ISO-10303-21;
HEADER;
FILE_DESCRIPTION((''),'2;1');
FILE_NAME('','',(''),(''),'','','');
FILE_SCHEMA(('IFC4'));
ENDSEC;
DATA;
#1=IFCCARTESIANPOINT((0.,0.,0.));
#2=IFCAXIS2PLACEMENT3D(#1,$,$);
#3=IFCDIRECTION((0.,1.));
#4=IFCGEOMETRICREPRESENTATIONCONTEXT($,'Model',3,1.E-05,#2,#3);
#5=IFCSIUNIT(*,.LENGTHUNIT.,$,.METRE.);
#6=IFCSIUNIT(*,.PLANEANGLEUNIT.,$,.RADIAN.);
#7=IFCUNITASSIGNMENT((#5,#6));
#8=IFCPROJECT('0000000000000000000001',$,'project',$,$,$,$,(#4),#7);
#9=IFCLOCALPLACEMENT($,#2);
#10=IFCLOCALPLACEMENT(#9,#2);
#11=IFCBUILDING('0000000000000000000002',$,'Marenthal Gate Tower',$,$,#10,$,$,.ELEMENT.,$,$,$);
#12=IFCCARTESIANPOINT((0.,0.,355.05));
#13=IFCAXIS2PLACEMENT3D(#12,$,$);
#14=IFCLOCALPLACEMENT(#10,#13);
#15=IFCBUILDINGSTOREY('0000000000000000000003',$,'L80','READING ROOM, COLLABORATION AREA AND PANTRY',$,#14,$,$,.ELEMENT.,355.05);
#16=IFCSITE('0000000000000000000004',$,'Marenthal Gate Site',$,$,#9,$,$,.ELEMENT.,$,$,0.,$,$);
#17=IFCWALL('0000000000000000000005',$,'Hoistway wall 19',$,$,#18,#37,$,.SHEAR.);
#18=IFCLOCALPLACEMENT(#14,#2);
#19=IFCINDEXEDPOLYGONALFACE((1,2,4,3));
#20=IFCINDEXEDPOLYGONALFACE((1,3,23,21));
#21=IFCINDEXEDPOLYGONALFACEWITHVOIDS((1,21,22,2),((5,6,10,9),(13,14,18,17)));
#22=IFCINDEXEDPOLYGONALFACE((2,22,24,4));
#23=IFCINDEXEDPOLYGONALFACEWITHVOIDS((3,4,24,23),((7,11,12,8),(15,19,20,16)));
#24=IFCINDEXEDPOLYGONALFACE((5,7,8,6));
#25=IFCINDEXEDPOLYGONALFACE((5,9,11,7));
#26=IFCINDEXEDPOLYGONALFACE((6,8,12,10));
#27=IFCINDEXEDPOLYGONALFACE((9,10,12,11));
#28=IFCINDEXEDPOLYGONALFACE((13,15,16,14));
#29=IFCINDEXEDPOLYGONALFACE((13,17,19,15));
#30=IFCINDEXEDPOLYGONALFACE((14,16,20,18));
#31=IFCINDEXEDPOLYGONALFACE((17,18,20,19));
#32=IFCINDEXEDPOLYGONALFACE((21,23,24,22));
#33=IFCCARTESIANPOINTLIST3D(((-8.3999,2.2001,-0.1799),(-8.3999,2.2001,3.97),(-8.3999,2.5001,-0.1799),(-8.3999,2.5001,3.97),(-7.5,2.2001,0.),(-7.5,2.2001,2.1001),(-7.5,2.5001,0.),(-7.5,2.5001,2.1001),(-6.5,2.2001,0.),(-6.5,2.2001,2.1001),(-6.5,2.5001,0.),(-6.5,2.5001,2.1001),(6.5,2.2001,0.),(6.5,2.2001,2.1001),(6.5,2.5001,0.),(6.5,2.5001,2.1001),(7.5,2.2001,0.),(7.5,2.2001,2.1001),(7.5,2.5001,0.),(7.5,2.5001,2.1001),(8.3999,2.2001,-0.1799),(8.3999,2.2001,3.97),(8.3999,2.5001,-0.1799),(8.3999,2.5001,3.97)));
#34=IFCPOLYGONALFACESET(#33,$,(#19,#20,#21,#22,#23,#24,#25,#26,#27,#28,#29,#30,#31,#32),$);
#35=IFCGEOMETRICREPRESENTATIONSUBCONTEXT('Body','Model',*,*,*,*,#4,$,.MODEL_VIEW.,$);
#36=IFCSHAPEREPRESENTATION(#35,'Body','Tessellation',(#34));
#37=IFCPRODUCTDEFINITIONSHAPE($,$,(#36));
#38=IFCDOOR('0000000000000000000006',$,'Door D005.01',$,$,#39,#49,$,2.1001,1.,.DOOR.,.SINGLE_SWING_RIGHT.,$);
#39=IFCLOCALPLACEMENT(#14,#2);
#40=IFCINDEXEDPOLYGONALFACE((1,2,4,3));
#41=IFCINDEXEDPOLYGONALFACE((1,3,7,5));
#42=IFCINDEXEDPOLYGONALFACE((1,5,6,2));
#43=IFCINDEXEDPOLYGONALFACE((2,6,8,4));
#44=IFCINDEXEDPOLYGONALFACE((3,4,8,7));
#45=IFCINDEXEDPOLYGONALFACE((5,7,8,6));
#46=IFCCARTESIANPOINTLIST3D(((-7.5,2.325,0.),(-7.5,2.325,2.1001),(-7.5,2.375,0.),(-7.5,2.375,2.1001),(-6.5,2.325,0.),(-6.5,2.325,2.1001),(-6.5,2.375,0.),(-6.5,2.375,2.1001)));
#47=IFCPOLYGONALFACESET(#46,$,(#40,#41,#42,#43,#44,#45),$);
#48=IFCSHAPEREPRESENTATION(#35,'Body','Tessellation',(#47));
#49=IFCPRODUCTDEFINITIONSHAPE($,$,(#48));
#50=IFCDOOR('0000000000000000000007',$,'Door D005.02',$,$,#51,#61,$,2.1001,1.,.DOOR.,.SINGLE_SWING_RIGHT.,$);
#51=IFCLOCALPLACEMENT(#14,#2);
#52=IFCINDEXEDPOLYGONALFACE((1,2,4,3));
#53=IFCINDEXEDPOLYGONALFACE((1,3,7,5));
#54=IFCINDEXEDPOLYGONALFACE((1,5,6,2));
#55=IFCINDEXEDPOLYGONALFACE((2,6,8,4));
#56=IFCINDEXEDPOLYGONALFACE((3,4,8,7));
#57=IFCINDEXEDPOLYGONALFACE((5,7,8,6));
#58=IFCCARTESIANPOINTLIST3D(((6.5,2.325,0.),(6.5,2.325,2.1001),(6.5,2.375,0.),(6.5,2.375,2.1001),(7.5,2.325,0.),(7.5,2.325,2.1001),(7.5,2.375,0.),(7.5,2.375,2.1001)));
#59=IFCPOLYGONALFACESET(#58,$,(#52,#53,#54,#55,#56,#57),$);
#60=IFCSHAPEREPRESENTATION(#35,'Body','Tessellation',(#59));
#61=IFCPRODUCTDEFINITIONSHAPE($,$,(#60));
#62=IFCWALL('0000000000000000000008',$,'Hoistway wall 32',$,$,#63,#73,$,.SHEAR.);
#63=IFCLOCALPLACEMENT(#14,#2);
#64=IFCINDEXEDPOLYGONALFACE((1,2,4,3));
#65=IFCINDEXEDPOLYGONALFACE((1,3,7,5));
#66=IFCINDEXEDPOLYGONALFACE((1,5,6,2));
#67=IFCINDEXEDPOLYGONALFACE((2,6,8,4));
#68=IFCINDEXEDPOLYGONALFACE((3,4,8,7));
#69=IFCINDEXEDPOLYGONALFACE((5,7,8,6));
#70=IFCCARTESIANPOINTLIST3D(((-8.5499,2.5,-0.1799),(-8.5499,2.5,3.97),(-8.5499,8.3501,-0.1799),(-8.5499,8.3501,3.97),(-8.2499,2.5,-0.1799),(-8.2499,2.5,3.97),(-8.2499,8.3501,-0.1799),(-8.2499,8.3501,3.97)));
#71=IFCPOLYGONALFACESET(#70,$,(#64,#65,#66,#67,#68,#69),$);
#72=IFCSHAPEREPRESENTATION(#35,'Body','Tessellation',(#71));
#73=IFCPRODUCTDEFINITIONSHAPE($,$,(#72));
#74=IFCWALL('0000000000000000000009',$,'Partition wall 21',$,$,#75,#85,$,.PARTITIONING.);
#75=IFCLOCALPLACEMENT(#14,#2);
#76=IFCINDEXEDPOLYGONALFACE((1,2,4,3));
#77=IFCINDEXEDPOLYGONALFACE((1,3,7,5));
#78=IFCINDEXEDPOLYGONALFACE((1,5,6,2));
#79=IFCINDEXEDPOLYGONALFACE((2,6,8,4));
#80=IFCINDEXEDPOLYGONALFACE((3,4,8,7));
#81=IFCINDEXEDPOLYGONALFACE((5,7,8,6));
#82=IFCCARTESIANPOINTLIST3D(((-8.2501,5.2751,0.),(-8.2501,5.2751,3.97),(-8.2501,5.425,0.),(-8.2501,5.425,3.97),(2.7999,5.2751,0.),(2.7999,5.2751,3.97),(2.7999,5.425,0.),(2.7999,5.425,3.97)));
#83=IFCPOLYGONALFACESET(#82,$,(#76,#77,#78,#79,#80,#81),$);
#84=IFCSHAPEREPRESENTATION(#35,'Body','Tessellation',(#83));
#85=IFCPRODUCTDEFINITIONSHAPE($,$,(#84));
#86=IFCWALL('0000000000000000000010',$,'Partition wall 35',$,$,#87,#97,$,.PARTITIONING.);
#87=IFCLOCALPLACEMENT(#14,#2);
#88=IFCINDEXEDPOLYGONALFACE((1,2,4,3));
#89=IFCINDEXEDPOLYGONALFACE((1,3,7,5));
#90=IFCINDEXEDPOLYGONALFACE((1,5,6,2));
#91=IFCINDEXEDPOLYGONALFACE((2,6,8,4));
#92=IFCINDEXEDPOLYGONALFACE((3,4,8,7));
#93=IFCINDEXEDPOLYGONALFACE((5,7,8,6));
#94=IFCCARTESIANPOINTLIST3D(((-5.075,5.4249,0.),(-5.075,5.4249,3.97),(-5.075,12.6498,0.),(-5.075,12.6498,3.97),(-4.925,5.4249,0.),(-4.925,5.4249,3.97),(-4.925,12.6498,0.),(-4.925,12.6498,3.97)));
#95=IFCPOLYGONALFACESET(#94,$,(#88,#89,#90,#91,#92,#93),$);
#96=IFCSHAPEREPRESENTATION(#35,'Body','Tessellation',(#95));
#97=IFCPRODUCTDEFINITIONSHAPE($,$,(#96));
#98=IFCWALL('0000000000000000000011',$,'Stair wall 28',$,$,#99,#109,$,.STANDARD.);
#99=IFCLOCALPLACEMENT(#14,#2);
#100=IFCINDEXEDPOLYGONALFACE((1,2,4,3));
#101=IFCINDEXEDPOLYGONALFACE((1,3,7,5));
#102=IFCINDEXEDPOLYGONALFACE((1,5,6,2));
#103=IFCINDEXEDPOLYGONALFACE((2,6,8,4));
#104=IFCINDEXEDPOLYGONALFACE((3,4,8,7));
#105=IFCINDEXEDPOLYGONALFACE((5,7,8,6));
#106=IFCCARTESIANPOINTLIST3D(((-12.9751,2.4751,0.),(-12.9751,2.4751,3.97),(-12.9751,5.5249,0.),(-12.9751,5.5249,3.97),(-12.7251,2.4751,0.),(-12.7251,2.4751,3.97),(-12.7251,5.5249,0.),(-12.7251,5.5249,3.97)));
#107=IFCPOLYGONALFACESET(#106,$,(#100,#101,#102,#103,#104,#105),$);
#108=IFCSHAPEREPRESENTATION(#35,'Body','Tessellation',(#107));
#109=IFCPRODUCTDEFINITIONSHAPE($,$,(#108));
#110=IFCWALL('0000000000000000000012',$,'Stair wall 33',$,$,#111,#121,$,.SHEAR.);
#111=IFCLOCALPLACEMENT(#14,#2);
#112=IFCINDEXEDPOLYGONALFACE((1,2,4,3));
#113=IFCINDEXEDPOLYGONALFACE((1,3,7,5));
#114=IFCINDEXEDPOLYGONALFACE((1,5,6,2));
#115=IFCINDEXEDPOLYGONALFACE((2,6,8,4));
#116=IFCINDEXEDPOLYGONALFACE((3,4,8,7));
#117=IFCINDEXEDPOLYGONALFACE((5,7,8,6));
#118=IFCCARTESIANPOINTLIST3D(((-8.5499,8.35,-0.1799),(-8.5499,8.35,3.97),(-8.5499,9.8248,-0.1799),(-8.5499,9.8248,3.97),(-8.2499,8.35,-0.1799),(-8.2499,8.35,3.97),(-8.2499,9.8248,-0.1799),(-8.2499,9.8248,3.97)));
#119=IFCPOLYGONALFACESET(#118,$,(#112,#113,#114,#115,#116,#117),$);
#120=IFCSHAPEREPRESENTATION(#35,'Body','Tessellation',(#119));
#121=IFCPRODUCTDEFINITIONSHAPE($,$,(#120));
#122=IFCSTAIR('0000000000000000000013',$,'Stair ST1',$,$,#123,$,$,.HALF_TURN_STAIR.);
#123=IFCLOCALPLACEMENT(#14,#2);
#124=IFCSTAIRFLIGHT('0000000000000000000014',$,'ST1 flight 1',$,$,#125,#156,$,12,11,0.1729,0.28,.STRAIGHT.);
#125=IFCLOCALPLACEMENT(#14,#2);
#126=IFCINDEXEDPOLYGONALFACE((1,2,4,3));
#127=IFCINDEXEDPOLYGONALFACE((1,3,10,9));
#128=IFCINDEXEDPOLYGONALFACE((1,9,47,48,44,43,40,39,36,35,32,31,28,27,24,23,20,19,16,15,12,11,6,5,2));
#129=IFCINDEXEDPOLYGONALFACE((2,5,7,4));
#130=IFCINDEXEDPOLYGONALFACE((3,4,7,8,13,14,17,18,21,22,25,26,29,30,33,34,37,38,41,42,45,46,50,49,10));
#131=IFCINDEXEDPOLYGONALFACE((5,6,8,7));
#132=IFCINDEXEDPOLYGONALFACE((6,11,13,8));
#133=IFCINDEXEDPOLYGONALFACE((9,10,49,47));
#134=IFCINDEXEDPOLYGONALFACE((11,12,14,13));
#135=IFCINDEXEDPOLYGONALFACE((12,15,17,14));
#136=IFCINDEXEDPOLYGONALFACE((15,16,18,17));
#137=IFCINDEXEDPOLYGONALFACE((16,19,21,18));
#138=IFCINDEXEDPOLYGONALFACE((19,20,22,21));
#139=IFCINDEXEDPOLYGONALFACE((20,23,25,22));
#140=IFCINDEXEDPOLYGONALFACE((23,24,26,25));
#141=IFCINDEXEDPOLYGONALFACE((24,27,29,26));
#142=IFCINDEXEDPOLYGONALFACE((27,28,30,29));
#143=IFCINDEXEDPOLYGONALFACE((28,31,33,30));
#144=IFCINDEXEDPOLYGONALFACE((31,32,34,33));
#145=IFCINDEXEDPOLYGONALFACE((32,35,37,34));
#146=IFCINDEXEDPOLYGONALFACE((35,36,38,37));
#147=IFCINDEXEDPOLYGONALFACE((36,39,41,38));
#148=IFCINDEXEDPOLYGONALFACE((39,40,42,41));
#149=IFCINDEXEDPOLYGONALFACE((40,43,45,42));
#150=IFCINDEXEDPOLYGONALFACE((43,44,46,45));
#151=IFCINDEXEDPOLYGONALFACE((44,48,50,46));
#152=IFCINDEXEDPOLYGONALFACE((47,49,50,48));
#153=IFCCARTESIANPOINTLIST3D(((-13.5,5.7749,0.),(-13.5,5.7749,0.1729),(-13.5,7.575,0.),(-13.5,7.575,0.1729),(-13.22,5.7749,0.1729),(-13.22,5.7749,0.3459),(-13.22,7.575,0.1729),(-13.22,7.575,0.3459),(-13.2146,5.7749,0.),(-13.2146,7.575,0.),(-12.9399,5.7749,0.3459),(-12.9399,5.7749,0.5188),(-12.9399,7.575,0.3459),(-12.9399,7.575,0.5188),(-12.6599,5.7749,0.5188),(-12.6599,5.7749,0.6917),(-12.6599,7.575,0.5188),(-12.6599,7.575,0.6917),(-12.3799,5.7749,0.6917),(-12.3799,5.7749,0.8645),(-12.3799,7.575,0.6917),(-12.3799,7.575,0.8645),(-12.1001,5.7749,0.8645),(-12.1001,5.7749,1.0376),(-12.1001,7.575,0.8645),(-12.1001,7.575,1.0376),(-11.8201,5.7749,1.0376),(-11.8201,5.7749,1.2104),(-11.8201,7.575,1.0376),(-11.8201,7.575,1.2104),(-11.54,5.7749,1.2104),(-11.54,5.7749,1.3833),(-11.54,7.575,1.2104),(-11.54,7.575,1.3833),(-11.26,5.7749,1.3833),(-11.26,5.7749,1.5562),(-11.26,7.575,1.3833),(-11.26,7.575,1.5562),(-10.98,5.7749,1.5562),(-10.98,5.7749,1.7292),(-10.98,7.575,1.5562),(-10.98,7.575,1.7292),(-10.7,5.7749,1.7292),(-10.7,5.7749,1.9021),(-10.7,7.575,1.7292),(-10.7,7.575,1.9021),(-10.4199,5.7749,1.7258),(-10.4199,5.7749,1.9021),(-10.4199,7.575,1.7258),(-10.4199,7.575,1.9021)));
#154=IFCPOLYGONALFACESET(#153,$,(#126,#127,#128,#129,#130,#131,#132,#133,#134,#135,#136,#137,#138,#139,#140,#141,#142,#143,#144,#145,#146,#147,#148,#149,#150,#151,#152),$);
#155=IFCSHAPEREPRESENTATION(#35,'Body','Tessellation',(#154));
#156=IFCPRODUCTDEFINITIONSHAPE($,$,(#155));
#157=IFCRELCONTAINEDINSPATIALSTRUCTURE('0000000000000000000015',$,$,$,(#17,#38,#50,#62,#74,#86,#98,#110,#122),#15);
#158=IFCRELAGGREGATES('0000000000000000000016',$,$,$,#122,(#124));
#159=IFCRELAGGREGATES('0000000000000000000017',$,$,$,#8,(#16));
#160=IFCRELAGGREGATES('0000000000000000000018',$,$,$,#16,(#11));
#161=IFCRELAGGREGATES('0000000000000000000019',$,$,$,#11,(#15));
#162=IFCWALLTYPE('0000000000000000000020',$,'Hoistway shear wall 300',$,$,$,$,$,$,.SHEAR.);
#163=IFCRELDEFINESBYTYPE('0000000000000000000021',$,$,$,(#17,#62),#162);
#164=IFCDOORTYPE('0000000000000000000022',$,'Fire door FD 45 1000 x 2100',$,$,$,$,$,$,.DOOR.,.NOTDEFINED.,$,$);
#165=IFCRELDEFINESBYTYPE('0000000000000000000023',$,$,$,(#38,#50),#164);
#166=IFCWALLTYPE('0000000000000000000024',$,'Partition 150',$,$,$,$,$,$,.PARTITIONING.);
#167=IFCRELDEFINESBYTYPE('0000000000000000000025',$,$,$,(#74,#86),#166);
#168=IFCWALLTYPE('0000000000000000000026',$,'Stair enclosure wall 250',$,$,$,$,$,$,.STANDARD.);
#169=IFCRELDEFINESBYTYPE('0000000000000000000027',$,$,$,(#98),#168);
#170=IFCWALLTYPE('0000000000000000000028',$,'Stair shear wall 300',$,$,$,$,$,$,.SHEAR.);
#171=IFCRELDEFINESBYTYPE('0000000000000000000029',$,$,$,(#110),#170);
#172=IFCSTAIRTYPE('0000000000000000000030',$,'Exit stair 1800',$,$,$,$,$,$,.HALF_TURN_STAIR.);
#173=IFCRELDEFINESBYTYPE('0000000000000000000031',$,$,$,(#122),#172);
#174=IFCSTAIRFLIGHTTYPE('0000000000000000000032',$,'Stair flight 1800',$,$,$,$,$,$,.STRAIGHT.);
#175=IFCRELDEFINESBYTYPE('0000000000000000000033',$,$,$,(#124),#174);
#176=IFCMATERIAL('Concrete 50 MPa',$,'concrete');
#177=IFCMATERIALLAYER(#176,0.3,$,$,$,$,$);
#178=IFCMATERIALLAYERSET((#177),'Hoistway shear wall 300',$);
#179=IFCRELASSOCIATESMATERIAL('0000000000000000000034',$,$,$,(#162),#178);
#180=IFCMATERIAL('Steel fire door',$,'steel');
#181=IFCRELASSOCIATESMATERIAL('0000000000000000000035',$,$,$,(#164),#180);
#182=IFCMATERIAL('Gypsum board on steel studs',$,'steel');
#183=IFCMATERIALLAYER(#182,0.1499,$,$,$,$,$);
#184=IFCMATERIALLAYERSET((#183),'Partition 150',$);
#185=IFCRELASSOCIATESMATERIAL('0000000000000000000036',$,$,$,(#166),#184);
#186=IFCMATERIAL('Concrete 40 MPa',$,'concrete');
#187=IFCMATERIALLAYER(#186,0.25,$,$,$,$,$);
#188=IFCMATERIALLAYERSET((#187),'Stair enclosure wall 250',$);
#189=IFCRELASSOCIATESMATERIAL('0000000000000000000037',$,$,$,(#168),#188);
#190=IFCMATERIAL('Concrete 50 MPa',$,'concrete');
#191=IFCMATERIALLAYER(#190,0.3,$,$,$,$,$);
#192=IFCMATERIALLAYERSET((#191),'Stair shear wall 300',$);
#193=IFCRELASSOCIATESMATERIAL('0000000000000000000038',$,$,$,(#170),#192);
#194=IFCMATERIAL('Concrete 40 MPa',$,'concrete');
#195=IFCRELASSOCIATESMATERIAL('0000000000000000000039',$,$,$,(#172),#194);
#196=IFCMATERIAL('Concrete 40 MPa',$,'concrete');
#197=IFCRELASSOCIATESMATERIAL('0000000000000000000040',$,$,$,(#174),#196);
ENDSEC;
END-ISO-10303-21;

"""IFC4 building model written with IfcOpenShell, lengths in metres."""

from ifc_helpers import new_model, si_unit, direction, frame, frame_2d, origin, place, context, subcontext, project, spatial, polyline, rectangle, outline, extrude, material, layer, layer_set, type_object, element, fill, aggregate, save


model = new_model("IFC4")

# Units and contexts
model_context = context("Model", 3, precision=1e-05, world=origin(), true_north=direction((0.0, 1.0)))
body_context = subcontext(model_context, "Body", "Model", "MODEL_VIEW")
ifc_project = project(units=[si_unit("LENGTHUNIT", "METRE"), si_unit("PLANEANGLEUNIT", "RADIAN")], contexts=[model_context])

# Site, building, storey
site_placement = place(None, origin())
site = spatial("IfcSite", under=ifc_project, at=site_placement, Name="Marenthal Gate Site", CompositionType="ELEMENT", RefElevation=0.0)
building_placement = place(site_placement, origin())
building = spatial("IfcBuilding", under=site, at=building_placement, Name="Marenthal Gate Tower", CompositionType="ELEMENT")
storey_placement = place(building_placement, frame((0.0, 0.0, 355.05)))
storey = spatial("IfcBuildingStorey", under=building, at=storey_placement, Name="L80", Description="READING ROOM, COLLABORATION AREA AND PANTRY", CompositionType="ELEMENT", Elevation=355.05)

# Wall, openings, doors
ifc_material_1 = material(Name="Concrete 50 MPa", Category="concrete")
ifc_layer_1 = layer(ifc_material_1, 0.3)
ifc_layer_set_1 = layer_set([ifc_layer_1], Name="Hoistway shear wall 300")
wall_type_1 = type_object("IfcWallType", Name="Hoistway shear wall 300", PredefinedType="SHEAR", material=ifc_layer_set_1)
wall_1_placement = place(storey_placement, frame((-8.3999, 2.3501, -0.1799), z_axis=(0.0, 0.0, 1.0), x_axis=(1.0, 0.0, 0.0)))
wall_1 = element("IfcWall", 1, at=wall_1_placement, inside=storey, type_object=wall_type_1, Name="Hoistway wall 19", PredefinedType="SHEAR", context=body_context, shape_type="SweptSolid", body=[
    extrude(rectangle(XDim=16.7998, YDim=0.3, at=frame_2d((8.3999, 0.0))), origin(), (0.0, 0.0, 1.0), 4.1499),
])
opening_1_placement = place(wall_1_placement, frame((0.8999, 0.0, 0.1799)))
opening_1 = element("IfcOpeningElement", 2, at=opening_1_placement, cuts=wall_1, PredefinedType="OPENING", context=body_context, shape_type="SweptSolid", body=[
    extrude(rectangle(XDim=1.0, YDim=2.1001, at=frame_2d((0.5, 1.05))), frame((0.0, 0.1602, 0.0), z_axis=(0.0, -1.0, 0.0), x_axis=(1.0, 0.0, 0.0)), (0.0, 0.0, 1.0), 0.3201),
])
opening_2_placement = place(wall_1_placement, frame((14.8999, 0.0, 0.1799)))
opening_2 = element("IfcOpeningElement", 3, at=opening_2_placement, cuts=wall_1, PredefinedType="OPENING", context=body_context, shape_type="SweptSolid", body=[
    extrude(rectangle(XDim=1.0, YDim=2.1001, at=frame_2d((0.5, 1.05))), frame((0.0, 0.1602, 0.0), z_axis=(0.0, -1.0, 0.0), x_axis=(1.0, 0.0, 0.0)), (0.0, 0.0, 1.0), 0.3201),
])
ifc_material_2 = material(Name="Steel fire door", Category="steel")
door_type = type_object("IfcDoorType", Name="Fire door FD 45 1000 x 2100", OperationType="NOTDEFINED", PredefinedType="DOOR", material=ifc_material_2)
door_1_placement = place(opening_1_placement, origin())
door_1 = element("IfcDoor", 4, at=door_1_placement, inside=storey, type_object=door_type, Name="Door D005.01", OperationType="SINGLE_SWING_RIGHT", OverallHeight=2.1001, OverallWidth=1.0, PredefinedType="DOOR", context=body_context, shape_type="SweptSolid", body=[
    extrude(rectangle(XDim=1.0, YDim=2.1001, at=frame_2d((0.5, 1.05))), frame((0.0, 0.0249, 0.0), z_axis=(0.0, -1.0, 0.0), x_axis=(1.0, 0.0, 0.0)), (0.0, 0.0, 1.0), 0.05),
])
fill(opening_1, door_1)
door_2_placement = place(opening_2_placement, origin())
door_2 = element("IfcDoor", 5, at=door_2_placement, inside=storey, type_object=door_type, Name="Door D005.02", OperationType="SINGLE_SWING_RIGHT", OverallHeight=2.1001, OverallWidth=1.0, PredefinedType="DOOR", context=body_context, shape_type="SweptSolid", body=[
    extrude(rectangle(XDim=1.0, YDim=2.1001, at=frame_2d((0.5, 1.05))), frame((0.0, 0.0249, 0.0), z_axis=(0.0, -1.0, 0.0), x_axis=(1.0, 0.0, 0.0)), (0.0, 0.0, 1.0), 0.05),
])
fill(opening_2, door_2)

# Walls
wall_2_placement = place(storey_placement, frame((-8.3999, 2.5, -0.1799), z_axis=(0.0, 0.0, 1.0), x_axis=(0.0, 1.0, 0.0)))
element("IfcWall", 6, at=wall_2_placement, inside=storey, type_object=wall_type_1, Name="Hoistway wall 32", PredefinedType="SHEAR", context=body_context, shape_type="SweptSolid", body=[
    extrude(rectangle(XDim=5.8501, YDim=0.3, at=frame_2d((2.925, 0.0))), origin(), (0.0, 0.0, 1.0), 4.1499),
])
ifc_material_3 = material(Name="Gypsum board on steel studs", Category="steel")
ifc_layer_2 = layer(ifc_material_3, 0.1499)
ifc_layer_set_2 = layer_set([ifc_layer_2], Name="Partition 150")
wall_type_2 = type_object("IfcWallType", Name="Partition 150", PredefinedType="PARTITIONING", material=ifc_layer_set_2)
wall_3_placement = place(storey_placement, frame((-8.25, 5.3501, 0.0), z_axis=(0.0, 0.0, 1.0), x_axis=(1.0, 0.0, 0.0)))
element("IfcWall", 7, at=wall_3_placement, inside=storey, type_object=wall_type_2, Name="Partition wall 21", PredefinedType="PARTITIONING", context=body_context, shape_type="SweptSolid", body=[
    extrude(rectangle(XDim=11.05, YDim=0.1499, at=frame_2d((5.5249, 0.0))), origin(), (0.0, 0.0, 1.0), 3.97),
])
wall_4_placement = place(storey_placement, frame((-5.0, 5.425, 0.0), z_axis=(0.0, 0.0, 1.0), x_axis=(0.0, 1.0, 0.0)))
element("IfcWall", 8, at=wall_4_placement, inside=storey, type_object=wall_type_2, Name="Partition wall 35", PredefinedType="PARTITIONING", context=body_context, shape_type="SweptSolid", body=[
    extrude(rectangle(XDim=7.2249, YDim=0.1499, at=frame_2d((3.6123, 0.0))), origin(), (0.0, 0.0, 1.0), 3.97),
])
ifc_material_4 = material(Name="Concrete 40 MPa", Category="concrete")
ifc_layer_3 = layer(ifc_material_4, 0.25)
ifc_layer_set_3 = layer_set([ifc_layer_3], Name="Stair enclosure wall 250")
wall_type_3 = type_object("IfcWallType", Name="Stair enclosure wall 250", PredefinedType="STANDARD", material=ifc_layer_set_3)
wall_5_placement = place(storey_placement, frame((-12.8501, 2.4751, 0.0), z_axis=(0.0, 0.0, 1.0), x_axis=(0.0, 1.0, 0.0)))
element("IfcWall", 9, at=wall_5_placement, inside=storey, type_object=wall_type_3, Name="Stair wall 28", PredefinedType="STANDARD", context=body_context, shape_type="SweptSolid", body=[
    extrude(rectangle(XDim=3.0498, YDim=0.25, at=frame_2d((1.5249, 0.0))), origin(), (0.0, 0.0, 1.0), 3.97),
])
ifc_material_5 = material(Name="Concrete 50 MPa", Category="concrete")
ifc_layer_4 = layer(ifc_material_5, 0.3)
ifc_layer_set_4 = layer_set([ifc_layer_4], Name="Stair shear wall 300")
wall_type_4 = type_object("IfcWallType", Name="Stair shear wall 300", PredefinedType="SHEAR", material=ifc_layer_set_4)
wall_6_placement = place(storey_placement, frame((-8.3999, 8.3501, -0.1799), z_axis=(0.0, 0.0, 1.0), x_axis=(0.0, 1.0, 0.0)))
element("IfcWall", 10, at=wall_6_placement, inside=storey, type_object=wall_type_4, Name="Stair wall 33", PredefinedType="SHEAR", context=body_context, shape_type="SweptSolid", body=[
    extrude(rectangle(XDim=1.4749, YDim=0.3, at=frame_2d((0.7373, 0.0))), origin(), (0.0, 0.0, 1.0), 4.1499),
])

# Stair, stair flight
ifc_material_6 = material(Name="Concrete 40 MPa", Category="concrete")
stair_type = type_object("IfcStairType", Name="Exit stair 1800", PredefinedType="HALF_TURN_STAIR", material=ifc_material_6)
stair_placement = place(storey_placement, origin())
stair = element("IfcStair", 11, at=stair_placement, inside=storey, type_object=stair_type, Name="Stair ST1", PredefinedType="HALF_TURN_STAIR")
ifc_material_7 = material(Name="Concrete 40 MPa", Category="concrete")
stair_flight_type = type_object("IfcStairFlightType", Name="Stair flight 1800", PredefinedType="STRAIGHT", material=ifc_material_7)
stair_flight_1_placement = place(storey_placement, frame((-13.5, 6.675, 0.0), z_axis=(0.0, 0.0, 1.0), x_axis=(1.0, 0.0, 0.0)))
stair_flight_1 = element("IfcStairFlight", 12, at=stair_flight_1_placement, type_object=stair_flight_type, Name="ST1 flight 1", NumberOfRisers=12, NumberOfTreads=11, PredefinedType="STRAIGHT", RiserHeight=0.1729, TreadLength=0.28, context=body_context, shape_type="SweptSolid", body=[
    extrude(outline(polyline([(0.0, 0.0), (0.0, 0.1729), (0.28, 0.1729), (0.28, 0.3459), (0.5601, 0.3459), (0.5601, 0.5188), (0.8401, 0.5188), (0.8401, 0.6917), (1.1201, 0.6917), (1.1201, 0.8645), (1.3999, 0.8645), (1.3999, 1.0376), (1.6799, 1.0376), (1.6799, 1.2104), (1.96, 1.2104), (1.96, 1.3833), (2.24, 1.3833), (2.24, 1.5562), (2.52, 1.5562), (2.52, 1.7292), (2.8, 1.7292), (2.8, 1.9021), (3.0801, 1.9021), (3.0801, 2.075), (3.0801, 1.7258), (0.2854, 0.0), (0.0, 0.0)])), frame((0.0, 0.8999, 0.0), z_axis=(0.0, -1.0, 0.0), x_axis=(1.0, 0.0, 0.0)), (0.0, 0.0, 1.0), 1.8),
])
aggregate(stair, [stair_flight_1])

save(model, "model.ifc")
